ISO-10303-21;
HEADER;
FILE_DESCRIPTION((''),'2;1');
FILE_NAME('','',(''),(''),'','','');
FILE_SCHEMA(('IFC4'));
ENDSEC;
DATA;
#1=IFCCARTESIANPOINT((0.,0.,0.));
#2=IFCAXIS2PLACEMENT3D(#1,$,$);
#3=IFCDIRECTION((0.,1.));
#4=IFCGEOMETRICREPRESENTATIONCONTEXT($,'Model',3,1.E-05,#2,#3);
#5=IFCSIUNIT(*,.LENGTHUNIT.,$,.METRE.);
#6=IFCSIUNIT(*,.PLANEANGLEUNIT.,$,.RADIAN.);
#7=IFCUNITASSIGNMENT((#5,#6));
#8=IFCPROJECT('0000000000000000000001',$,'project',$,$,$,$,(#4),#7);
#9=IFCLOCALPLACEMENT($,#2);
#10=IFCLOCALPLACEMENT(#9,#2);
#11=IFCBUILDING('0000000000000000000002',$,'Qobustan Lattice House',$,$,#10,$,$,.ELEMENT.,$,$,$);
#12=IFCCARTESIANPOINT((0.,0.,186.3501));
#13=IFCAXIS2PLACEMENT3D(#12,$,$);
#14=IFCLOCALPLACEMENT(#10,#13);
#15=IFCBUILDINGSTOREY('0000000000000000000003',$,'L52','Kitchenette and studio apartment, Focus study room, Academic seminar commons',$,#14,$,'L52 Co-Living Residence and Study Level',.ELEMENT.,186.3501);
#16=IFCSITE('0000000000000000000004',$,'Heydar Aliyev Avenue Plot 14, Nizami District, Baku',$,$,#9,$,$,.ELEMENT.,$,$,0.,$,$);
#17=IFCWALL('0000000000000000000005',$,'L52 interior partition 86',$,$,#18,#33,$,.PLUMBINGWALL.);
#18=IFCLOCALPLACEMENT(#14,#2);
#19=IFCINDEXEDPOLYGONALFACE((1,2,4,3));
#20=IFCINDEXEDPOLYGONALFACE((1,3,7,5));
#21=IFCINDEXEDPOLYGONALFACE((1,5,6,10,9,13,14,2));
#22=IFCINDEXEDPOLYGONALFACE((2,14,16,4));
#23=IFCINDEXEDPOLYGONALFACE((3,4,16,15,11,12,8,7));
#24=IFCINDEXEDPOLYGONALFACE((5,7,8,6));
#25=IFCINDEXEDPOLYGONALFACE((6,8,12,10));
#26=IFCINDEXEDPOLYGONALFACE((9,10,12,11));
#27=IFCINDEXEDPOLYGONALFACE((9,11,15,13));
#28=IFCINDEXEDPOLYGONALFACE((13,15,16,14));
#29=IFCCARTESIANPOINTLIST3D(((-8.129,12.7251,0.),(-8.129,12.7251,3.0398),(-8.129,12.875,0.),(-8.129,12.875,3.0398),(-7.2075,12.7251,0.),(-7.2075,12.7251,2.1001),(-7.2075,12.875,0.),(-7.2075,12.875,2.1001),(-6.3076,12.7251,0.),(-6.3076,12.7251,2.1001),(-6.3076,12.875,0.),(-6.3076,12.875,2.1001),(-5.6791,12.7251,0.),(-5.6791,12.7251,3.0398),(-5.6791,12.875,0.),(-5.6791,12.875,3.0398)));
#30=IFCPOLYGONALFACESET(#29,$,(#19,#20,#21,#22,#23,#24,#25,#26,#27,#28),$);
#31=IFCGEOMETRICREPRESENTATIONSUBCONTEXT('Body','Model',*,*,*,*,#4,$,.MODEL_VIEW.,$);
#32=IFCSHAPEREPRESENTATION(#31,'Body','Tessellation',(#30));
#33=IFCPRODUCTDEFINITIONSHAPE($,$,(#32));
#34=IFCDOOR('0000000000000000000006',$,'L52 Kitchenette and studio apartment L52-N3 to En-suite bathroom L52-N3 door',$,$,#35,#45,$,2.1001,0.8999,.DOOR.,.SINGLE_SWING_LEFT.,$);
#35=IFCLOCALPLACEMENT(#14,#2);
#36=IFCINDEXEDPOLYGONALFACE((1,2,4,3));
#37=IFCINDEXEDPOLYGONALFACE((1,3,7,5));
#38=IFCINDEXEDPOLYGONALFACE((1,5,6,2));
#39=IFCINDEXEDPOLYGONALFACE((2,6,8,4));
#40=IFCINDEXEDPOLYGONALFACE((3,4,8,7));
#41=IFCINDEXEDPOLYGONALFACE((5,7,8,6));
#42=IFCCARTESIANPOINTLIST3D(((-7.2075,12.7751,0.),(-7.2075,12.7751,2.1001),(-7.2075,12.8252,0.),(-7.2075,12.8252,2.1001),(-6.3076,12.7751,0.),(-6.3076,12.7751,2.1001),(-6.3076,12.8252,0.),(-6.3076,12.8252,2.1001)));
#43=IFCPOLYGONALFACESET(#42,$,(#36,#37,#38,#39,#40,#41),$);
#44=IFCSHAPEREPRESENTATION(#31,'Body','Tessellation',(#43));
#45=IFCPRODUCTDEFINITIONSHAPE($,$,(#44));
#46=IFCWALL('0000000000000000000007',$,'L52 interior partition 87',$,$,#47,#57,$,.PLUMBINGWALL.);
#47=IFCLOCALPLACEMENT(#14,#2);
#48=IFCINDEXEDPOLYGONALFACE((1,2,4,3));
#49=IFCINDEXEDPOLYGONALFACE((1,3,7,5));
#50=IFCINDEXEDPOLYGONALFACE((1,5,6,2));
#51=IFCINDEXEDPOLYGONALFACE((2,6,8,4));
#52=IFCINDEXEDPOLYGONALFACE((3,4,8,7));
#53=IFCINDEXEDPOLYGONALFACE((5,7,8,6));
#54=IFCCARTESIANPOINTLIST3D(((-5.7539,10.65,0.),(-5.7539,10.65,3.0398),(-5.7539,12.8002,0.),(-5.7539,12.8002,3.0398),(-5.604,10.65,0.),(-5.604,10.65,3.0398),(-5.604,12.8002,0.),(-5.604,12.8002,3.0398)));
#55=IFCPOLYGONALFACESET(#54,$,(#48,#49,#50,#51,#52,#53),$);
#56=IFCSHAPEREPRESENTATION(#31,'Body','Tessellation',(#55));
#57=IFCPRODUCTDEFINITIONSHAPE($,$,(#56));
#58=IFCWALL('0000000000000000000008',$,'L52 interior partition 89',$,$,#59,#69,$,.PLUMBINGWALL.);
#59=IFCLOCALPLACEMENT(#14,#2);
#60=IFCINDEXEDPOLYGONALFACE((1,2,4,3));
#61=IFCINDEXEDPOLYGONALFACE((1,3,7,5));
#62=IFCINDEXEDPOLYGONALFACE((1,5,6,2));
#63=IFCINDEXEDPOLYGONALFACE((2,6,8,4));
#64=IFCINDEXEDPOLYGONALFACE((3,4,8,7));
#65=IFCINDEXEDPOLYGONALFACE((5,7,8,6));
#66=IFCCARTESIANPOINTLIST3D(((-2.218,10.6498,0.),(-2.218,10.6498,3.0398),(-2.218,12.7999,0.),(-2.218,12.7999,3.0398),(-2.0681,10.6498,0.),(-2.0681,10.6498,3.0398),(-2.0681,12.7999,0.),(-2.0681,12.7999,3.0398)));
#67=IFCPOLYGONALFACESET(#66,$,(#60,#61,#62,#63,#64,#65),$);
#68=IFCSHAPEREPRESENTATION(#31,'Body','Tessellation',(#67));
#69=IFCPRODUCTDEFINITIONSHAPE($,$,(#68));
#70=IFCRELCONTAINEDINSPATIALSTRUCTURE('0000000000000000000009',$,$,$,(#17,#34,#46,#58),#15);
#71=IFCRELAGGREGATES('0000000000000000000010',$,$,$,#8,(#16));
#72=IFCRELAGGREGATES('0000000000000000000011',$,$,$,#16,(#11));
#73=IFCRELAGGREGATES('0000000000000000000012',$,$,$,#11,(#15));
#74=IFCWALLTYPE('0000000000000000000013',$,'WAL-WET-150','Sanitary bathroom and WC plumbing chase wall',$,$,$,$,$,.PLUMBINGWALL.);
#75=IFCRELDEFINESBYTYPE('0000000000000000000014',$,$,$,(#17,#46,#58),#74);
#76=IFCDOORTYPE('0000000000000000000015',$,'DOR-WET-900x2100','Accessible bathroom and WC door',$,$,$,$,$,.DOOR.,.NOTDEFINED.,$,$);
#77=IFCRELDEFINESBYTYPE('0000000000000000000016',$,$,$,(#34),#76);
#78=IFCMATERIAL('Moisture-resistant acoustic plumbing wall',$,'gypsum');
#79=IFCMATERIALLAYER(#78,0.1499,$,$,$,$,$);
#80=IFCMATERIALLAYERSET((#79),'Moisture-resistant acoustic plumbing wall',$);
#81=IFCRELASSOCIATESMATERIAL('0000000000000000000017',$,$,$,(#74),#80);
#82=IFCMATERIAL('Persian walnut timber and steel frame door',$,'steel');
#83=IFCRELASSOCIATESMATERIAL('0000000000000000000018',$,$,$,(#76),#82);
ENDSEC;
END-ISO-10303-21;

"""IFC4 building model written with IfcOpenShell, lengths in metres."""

from ifc_helpers import new_model, si_unit, direction, frame, frame_2d, origin, place, context, subcontext, project, spatial, rectangle, extrude, material, layer, layer_set, type_object, element, fill, save


model = new_model("IFC4")

# Units and contexts
model_context = context("Model", 3, precision=1e-05, world=origin(), true_north=direction((0.0, 1.0)))
body_context = subcontext(model_context, "Body", "Model", "MODEL_VIEW")
ifc_project = project(units=[si_unit("LENGTHUNIT", "METRE"), si_unit("PLANEANGLEUNIT", "RADIAN")], contexts=[model_context])

# Site, building, storey
site_placement = place(None, origin())
site = spatial("IfcSite", under=ifc_project, at=site_placement, Name="Heydar Aliyev Avenue Plot 14, Nizami District, Baku", CompositionType="ELEMENT", RefElevation=0.0)
building_placement = place(site_placement, origin())
building = spatial("IfcBuilding", under=site, at=building_placement, Name="Qobustan Lattice House", CompositionType="ELEMENT")
storey_placement = place(building_placement, frame((0.0, 0.0, 186.3501)))
storey = spatial("IfcBuildingStorey", under=building, at=storey_placement, Name="L52", Description="Kitchenette and studio apartment, Focus study room, Academic seminar commons", LongName="L52 Co-Living Residence and Study Level", CompositionType="ELEMENT", Elevation=186.3501)

# Shared definitions
ifc_material_1 = material(Name="Moisture-resistant acoustic plumbing wall", Category="gypsum")
ifc_layer_1 = layer(ifc_material_1, 0.1499)
ifc_layer_set_1 = layer_set([ifc_layer_1], Name="Moisture-resistant acoustic plumbing wall")
wall_type_1 = type_object("IfcWallType", Name="WAL-WET-150", Description="Sanitary bathroom and WC plumbing chase wall", PredefinedType="PLUMBINGWALL", material=ifc_layer_set_1)

# Wall, opening, door
wall_1_placement = place(storey_placement, frame((-5.679, 12.8, 0.0), z_axis=(0.0, 0.0, 1.0), x_axis=(-1.0, 0.0, 0.0)))
wall_1 = element("IfcWall", 1, at=wall_1_placement, inside=storey, type_object=wall_type_1, Name="L52 interior partition 86", PredefinedType="PLUMBINGWALL", context=body_context, shape_type="SweptSolid", body=[
    extrude(rectangle(XDim=2.45, YDim=0.1499, at=frame_2d((1.2251, 0.0))), origin(), (0.0, 0.0, 1.0), 3.0398),
])
opening_placement = place(wall_1_placement, frame((0.6287, 0.0, 0.0)))
opening = element("IfcOpeningElement", 2, at=opening_placement, cuts=wall_1, PredefinedType="OPENING", context=body_context, shape_type="SweptSolid", body=[
    extrude(rectangle(XDim=0.8999, YDim=2.1001, at=frame_2d((0.45, 1.05))), frame((0.0, 0.085, 0.0), z_axis=(0.0, -1.0, 0.0), x_axis=(1.0, 0.0, 0.0)), (0.0, 0.0, 1.0), 0.1699),
])
ifc_material_2 = material(Name="Persian walnut timber and steel frame door", Category="steel")
door_type = type_object("IfcDoorType", Name="DOR-WET-900x2100", Description="Accessible bathroom and WC door", OperationType="NOTDEFINED", PredefinedType="DOOR", material=ifc_material_2)
door_placement = place(opening_placement, origin())
door = element("IfcDoor", 3, at=door_placement, inside=storey, type_object=door_type, Name="L52 Kitchenette and studio apartment L52-N3 to En-suite bathroom L52-N3 door", OperationType="SINGLE_SWING_LEFT", OverallHeight=2.1001, OverallWidth=0.8999, PredefinedType="DOOR", context=body_context, shape_type="SweptSolid", body=[
    extrude(rectangle(XDim=0.8999, YDim=2.1001, at=frame_2d((0.45, 1.05))), frame((0.0, 0.0249, 0.0), z_axis=(0.0, -1.0, 0.0), x_axis=(1.0, 0.0, 0.0)), (0.0, 0.0, 1.0), 0.05),
])
fill(opening, door)

# Walls
for number, where, z_axis, x_axis, name in (
    (4, (-5.679, 10.6499, 0.0), (0.0, 0.0, 1.0), (0.0, 1.0, 0.0), "L52 interior partition 87"),
    (5, (-2.1431, 12.8, 0.0), (0.0, 0.0, 1.0), (0.0, -1.0, 0.0), "L52 interior partition 89"),
):
    element("IfcWall", number, at=place(storey_placement, frame(where, z_axis=z_axis, x_axis=x_axis)), inside=storey, type_object=wall_type_1, Name=name, PredefinedType="PLUMBINGWALL", context=body_context, shape_type="SweptSolid", body=[
        extrude(rectangle(XDim=2.1501, YDim=0.1499, at=frame_2d((1.0752, 0.0))), origin(), (0.0, 0.0, 1.0), 3.0398),
    ])

save(model, "model.ifc")
